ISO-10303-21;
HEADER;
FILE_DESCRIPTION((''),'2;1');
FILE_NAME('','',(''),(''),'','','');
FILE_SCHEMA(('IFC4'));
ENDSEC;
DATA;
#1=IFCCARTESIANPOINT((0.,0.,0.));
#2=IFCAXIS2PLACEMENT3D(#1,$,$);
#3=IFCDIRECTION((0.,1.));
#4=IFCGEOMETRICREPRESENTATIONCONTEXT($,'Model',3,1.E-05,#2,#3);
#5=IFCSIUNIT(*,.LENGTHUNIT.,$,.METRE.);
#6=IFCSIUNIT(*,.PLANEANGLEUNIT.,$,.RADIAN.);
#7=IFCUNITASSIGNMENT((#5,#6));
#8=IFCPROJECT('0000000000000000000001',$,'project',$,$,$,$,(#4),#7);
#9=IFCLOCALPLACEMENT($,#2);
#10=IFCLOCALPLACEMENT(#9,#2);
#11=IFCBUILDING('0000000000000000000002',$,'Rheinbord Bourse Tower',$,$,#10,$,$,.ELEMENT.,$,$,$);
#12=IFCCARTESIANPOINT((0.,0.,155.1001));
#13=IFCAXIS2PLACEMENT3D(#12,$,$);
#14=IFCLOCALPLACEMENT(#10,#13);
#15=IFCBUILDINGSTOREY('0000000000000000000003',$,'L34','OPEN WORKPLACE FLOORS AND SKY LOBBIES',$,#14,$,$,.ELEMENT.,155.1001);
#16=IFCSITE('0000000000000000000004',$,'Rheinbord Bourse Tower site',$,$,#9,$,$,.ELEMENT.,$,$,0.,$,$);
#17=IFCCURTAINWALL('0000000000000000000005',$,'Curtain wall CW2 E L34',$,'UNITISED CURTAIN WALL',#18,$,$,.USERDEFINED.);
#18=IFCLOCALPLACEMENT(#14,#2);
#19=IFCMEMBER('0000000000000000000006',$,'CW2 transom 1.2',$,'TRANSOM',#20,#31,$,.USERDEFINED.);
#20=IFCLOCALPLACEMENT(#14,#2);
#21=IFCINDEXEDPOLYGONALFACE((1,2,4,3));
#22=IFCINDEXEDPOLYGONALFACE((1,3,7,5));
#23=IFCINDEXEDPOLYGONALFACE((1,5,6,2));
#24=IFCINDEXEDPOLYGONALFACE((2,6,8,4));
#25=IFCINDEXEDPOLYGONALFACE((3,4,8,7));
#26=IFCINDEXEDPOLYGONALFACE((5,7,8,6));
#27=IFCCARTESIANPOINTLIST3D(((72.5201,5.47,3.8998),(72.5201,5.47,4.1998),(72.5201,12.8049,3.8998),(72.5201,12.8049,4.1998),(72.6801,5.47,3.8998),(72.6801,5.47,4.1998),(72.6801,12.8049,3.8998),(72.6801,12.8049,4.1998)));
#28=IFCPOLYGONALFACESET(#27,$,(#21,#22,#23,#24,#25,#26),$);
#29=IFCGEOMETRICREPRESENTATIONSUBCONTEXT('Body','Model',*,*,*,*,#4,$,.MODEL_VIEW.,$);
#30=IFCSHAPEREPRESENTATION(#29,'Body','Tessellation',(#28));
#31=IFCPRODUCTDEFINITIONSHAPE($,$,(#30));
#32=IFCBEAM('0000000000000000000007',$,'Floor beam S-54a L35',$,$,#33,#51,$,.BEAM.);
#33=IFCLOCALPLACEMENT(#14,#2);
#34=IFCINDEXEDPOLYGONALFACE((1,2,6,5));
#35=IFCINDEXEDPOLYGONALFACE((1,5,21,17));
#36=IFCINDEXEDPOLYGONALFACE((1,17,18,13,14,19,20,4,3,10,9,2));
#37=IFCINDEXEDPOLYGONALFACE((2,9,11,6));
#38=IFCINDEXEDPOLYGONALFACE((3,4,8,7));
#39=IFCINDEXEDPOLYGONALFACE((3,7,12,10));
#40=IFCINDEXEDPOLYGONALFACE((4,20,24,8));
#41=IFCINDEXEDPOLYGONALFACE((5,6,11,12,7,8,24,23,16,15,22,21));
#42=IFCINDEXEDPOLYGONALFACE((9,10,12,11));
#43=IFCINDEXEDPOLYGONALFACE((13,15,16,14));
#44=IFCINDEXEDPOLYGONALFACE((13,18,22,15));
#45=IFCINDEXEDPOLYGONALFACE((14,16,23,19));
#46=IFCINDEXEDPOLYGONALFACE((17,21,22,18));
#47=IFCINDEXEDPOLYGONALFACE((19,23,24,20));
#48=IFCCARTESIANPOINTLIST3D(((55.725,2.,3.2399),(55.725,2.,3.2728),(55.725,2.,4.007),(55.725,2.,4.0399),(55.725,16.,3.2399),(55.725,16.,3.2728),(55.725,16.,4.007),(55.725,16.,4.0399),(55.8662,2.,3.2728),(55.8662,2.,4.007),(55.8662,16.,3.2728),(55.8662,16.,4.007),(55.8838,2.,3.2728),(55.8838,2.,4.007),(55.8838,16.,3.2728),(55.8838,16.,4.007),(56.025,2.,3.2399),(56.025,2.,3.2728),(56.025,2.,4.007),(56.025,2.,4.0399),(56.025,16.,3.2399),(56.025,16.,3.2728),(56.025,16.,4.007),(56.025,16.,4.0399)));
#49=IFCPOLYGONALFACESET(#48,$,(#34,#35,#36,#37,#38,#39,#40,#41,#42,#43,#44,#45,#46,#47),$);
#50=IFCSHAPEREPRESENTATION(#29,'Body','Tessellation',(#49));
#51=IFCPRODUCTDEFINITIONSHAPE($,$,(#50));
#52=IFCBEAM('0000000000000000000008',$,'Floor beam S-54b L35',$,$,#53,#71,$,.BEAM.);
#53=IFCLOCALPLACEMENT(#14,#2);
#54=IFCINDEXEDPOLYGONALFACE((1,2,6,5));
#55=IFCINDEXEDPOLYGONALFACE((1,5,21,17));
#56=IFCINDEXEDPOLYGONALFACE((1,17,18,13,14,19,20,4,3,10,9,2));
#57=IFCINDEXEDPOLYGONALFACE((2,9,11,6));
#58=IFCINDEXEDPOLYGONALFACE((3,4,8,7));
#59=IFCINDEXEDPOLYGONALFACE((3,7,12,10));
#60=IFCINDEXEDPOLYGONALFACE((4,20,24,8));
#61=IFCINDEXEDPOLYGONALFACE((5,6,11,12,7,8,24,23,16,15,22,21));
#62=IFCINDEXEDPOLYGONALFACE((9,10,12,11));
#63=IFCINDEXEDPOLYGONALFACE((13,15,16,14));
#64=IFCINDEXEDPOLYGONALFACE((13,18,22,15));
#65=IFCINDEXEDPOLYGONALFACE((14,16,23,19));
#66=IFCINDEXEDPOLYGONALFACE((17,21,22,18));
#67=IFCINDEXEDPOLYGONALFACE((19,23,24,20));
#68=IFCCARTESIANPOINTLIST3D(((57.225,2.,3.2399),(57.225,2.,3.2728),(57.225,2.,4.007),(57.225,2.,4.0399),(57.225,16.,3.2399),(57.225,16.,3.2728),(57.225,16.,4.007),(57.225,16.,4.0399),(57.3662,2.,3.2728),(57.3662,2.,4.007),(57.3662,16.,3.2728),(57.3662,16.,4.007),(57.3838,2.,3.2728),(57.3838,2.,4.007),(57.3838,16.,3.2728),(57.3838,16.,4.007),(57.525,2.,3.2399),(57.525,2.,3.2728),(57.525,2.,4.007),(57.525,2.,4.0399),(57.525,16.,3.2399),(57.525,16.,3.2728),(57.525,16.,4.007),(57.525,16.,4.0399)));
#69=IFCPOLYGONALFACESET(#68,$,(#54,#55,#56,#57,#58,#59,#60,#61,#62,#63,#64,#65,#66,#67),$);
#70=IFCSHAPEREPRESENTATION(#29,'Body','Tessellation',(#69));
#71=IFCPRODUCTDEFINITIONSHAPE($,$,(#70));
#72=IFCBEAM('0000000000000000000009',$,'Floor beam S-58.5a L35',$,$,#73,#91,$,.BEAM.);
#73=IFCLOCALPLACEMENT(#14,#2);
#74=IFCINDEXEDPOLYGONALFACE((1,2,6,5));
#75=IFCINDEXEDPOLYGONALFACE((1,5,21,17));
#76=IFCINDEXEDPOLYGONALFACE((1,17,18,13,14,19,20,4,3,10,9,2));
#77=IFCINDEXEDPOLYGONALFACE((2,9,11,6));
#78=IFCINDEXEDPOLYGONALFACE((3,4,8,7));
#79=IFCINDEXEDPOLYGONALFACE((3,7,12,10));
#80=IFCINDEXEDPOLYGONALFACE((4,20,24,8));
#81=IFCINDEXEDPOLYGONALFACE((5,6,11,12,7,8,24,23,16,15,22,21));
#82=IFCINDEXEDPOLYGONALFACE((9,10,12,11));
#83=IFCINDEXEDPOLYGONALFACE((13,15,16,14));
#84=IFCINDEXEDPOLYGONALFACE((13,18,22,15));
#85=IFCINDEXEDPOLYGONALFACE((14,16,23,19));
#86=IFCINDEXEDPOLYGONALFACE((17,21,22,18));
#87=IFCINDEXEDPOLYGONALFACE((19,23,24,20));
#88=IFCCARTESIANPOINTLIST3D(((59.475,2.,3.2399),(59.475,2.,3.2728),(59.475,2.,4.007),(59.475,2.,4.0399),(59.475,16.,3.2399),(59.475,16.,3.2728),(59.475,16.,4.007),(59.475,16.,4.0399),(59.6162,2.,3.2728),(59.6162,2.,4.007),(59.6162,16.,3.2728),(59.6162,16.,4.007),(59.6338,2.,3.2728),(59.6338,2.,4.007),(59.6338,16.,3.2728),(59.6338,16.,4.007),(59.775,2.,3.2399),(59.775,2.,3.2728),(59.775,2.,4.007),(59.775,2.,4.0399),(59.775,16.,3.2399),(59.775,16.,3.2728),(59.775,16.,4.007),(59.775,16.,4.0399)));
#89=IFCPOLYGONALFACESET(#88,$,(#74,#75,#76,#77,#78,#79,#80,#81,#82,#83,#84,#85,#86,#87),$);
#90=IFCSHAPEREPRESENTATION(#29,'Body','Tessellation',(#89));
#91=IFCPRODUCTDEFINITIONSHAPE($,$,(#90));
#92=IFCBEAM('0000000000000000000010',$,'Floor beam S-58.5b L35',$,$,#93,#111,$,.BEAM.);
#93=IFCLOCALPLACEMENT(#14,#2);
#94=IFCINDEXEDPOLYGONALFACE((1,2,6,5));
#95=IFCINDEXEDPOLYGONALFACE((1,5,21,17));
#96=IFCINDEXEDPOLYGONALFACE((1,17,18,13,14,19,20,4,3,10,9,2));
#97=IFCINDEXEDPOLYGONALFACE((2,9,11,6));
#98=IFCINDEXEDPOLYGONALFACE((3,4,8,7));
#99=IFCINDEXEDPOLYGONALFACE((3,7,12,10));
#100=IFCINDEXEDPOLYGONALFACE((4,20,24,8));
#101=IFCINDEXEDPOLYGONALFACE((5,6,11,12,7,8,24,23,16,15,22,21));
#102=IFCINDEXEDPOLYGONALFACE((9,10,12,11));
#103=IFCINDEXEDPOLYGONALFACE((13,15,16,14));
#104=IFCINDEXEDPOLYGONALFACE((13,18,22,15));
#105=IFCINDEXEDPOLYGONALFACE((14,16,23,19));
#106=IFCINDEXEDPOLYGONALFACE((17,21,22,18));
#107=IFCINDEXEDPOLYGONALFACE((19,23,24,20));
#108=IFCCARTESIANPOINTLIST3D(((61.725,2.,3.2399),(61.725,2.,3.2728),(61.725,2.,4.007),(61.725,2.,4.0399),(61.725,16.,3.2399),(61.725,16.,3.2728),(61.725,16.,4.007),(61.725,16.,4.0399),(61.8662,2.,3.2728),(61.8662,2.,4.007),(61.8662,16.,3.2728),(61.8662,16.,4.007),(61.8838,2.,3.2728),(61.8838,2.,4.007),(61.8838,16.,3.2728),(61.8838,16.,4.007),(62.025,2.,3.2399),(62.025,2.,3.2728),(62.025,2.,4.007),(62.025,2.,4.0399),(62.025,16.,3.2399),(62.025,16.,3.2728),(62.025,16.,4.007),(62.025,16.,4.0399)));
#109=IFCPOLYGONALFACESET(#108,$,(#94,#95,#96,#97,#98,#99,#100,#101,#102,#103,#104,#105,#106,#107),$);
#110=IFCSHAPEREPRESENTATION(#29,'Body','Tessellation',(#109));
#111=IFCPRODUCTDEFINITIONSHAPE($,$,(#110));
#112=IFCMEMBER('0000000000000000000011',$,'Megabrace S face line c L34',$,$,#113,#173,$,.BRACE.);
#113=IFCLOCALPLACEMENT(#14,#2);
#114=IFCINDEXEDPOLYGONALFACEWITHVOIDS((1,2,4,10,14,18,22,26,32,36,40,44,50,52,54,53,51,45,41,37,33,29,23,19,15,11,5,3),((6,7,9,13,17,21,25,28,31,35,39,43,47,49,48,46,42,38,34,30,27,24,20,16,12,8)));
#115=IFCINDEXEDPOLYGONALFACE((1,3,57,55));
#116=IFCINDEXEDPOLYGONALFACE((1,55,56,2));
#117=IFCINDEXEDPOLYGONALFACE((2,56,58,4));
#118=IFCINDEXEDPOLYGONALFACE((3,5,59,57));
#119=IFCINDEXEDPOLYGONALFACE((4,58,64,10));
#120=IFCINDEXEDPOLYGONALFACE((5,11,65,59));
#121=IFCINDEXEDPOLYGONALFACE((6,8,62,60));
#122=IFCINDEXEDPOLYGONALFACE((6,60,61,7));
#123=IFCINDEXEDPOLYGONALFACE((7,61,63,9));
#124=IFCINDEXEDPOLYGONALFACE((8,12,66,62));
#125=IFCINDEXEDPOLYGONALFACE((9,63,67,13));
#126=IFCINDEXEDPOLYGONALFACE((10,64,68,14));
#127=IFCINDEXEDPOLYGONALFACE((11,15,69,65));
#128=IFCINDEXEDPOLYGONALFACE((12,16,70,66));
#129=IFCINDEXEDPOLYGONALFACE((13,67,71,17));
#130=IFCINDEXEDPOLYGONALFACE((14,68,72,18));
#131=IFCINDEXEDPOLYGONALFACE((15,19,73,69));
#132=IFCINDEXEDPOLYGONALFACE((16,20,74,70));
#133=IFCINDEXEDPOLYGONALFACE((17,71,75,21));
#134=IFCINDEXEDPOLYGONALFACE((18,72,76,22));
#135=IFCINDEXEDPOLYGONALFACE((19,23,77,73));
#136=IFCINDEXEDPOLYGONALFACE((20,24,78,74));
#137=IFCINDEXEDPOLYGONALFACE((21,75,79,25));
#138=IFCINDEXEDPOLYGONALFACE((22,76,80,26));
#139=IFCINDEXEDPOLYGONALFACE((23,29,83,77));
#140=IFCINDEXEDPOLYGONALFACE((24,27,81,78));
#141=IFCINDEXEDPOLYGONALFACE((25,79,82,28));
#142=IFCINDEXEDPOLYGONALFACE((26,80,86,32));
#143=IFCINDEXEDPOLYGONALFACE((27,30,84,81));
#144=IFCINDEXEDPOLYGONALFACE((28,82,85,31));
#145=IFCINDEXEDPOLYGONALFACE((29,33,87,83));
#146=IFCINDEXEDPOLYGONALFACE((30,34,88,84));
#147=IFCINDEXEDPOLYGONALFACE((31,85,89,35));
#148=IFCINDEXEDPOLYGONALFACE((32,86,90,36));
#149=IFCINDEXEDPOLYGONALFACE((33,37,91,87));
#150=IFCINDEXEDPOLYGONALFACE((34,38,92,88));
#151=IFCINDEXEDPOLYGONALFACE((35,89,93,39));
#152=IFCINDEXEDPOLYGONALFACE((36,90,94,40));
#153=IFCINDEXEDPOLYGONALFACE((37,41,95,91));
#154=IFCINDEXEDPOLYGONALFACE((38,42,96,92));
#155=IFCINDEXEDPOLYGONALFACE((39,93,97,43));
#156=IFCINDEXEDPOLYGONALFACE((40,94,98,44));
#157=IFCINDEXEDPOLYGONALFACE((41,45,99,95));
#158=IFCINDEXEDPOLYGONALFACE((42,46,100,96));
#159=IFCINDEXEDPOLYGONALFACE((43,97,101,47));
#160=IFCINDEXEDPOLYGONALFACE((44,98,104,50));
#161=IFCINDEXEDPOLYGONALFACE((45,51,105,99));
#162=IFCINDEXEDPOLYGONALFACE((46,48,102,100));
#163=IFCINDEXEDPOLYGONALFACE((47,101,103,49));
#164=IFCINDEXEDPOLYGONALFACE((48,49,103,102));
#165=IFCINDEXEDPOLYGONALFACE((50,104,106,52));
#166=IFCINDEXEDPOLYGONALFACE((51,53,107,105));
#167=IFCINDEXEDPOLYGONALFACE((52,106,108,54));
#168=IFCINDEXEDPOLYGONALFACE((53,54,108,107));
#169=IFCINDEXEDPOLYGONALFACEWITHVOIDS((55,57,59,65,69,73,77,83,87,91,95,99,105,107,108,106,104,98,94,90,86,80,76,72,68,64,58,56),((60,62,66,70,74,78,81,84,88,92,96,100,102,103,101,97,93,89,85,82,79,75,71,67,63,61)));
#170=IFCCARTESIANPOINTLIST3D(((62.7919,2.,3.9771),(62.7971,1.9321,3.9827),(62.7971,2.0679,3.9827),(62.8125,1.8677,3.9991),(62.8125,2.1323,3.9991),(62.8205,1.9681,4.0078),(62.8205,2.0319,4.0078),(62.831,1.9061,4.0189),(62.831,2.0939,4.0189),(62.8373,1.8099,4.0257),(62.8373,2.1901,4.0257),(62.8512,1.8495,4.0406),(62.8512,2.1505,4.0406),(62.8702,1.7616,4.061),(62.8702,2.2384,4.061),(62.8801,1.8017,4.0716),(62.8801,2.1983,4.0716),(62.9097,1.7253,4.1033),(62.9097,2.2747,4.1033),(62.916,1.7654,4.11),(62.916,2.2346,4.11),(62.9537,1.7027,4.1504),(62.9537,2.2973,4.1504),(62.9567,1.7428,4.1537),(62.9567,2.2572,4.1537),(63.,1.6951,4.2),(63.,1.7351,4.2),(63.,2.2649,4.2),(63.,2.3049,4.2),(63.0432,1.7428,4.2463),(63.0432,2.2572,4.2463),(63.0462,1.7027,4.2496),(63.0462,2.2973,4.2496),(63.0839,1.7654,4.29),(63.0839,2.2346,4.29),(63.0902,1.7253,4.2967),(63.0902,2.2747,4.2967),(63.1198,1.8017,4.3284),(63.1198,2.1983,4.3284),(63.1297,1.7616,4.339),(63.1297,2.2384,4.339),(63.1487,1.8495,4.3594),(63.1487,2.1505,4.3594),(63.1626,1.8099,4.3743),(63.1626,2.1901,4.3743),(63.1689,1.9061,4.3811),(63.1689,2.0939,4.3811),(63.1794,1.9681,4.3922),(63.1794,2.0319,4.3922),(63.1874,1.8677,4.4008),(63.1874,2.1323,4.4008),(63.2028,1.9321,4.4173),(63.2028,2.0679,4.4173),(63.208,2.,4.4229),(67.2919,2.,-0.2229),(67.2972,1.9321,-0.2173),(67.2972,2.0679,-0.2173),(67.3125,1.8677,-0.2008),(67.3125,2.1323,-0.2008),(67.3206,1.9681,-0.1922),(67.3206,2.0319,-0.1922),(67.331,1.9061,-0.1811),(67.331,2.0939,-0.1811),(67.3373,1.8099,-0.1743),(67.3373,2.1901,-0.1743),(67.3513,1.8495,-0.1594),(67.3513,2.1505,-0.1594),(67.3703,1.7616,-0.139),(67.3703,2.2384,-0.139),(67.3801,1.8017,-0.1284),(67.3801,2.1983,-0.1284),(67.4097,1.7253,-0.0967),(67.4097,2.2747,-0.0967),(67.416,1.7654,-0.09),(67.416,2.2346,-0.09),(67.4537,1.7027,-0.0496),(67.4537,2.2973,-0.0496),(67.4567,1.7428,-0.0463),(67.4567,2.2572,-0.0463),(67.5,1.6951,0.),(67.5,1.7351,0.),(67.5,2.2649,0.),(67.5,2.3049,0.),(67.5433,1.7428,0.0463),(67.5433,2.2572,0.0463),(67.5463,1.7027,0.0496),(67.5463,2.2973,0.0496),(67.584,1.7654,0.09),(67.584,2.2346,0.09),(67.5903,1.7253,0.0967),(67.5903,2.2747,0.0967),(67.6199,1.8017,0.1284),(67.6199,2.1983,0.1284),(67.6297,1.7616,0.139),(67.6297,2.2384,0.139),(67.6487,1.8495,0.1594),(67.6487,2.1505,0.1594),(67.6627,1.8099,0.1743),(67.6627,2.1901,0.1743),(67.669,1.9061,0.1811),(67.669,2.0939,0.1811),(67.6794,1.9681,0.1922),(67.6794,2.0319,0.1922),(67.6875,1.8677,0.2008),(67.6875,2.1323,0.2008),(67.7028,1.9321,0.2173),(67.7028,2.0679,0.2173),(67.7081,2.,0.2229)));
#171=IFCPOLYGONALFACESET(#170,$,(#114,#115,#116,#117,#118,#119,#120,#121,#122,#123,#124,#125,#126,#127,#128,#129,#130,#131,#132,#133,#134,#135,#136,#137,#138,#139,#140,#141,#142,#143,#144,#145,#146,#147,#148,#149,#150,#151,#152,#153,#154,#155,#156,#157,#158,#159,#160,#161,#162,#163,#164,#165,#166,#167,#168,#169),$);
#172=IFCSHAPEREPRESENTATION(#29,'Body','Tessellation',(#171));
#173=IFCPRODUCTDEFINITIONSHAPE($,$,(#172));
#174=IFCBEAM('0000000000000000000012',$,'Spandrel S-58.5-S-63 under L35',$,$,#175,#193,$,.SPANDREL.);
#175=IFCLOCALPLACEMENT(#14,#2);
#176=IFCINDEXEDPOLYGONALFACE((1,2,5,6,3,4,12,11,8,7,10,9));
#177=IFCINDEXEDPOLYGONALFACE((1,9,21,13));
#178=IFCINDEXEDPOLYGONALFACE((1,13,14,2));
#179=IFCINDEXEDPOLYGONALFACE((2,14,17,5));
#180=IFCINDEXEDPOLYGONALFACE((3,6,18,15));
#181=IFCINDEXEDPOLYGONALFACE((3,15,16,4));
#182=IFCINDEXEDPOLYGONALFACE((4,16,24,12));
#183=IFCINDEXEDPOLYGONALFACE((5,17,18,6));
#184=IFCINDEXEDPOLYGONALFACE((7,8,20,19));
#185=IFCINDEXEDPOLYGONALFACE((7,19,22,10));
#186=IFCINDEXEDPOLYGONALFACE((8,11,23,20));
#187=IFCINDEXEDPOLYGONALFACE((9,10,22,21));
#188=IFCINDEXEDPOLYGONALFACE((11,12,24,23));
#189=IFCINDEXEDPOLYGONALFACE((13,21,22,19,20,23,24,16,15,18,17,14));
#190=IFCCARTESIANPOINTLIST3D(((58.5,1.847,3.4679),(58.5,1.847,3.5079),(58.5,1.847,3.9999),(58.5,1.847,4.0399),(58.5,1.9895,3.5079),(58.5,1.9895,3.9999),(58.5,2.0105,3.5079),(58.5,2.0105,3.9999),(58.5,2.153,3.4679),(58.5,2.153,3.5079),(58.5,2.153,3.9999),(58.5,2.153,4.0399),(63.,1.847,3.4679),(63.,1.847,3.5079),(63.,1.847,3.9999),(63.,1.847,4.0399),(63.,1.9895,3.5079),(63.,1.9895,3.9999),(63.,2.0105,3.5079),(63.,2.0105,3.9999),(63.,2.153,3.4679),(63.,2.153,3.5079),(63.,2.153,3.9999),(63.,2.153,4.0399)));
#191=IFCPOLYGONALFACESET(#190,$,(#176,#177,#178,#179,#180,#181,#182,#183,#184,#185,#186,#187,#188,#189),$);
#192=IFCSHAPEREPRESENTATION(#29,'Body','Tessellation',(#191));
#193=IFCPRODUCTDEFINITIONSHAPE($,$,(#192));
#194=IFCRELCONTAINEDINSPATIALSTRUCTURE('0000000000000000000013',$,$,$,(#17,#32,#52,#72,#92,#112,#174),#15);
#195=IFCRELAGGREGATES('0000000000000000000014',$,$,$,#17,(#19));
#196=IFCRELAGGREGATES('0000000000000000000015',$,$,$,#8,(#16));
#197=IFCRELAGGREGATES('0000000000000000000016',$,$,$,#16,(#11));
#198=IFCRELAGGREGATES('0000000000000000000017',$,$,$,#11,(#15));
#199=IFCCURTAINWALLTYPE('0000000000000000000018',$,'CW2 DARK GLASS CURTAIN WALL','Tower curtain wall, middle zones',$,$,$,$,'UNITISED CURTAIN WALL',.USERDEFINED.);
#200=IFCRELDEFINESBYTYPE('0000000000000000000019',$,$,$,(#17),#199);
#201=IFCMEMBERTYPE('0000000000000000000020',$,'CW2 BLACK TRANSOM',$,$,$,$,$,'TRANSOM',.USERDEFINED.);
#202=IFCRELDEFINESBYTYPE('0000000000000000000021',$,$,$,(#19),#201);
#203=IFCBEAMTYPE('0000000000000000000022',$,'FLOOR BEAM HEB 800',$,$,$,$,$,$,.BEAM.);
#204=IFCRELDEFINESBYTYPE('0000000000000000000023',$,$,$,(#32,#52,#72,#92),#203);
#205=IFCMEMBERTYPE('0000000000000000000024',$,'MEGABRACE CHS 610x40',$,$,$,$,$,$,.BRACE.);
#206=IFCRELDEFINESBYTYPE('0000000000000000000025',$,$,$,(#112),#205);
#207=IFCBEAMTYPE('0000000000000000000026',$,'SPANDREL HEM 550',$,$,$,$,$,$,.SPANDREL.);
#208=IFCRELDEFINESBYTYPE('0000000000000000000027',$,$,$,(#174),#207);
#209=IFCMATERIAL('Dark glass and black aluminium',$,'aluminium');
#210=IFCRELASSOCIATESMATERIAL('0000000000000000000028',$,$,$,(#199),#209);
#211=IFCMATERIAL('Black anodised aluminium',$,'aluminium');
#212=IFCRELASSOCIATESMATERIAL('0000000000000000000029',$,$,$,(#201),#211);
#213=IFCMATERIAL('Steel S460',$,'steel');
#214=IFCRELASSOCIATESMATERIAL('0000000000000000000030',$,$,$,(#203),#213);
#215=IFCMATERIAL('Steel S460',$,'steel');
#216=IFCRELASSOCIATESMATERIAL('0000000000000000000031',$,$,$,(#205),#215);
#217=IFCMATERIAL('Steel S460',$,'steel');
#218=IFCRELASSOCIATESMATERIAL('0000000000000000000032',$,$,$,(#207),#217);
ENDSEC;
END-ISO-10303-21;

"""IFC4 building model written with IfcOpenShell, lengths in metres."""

from ifc_helpers import new_model, si_unit, direction, frame, origin, origin_2d, place, context, subcontext, project, spatial, rectangle, hollow_circle, i_section, extrude, material, material_profile, profile_set, type_object, element, aggregate, save


model = new_model("IFC4")

# Units and contexts
model_context = context("Model", 3, precision=1e-05, world=origin(), true_north=direction((0.0, 1.0)))
body_context = subcontext(model_context, "Body", "Model", "MODEL_VIEW")
ifc_project = project(units=[si_unit("LENGTHUNIT", "METRE"), si_unit("PLANEANGLEUNIT", "RADIAN")], contexts=[model_context])

# Site, building, storey
site_placement = place(None, origin())
site = spatial("IfcSite", under=ifc_project, at=site_placement, Name="Rheinbord Bourse Tower site", CompositionType="ELEMENT", RefElevation=0.0)
building_placement = place(site_placement, origin())
building = spatial("IfcBuilding", under=site, at=building_placement, Name="Rheinbord Bourse Tower", CompositionType="ELEMENT")
storey_placement = place(building_placement, frame((0.0, 0.0, 155.1001)))
storey = spatial("IfcBuildingStorey", under=building, at=storey_placement, Name="L34", Description="OPEN WORKPLACE FLOORS AND SKY LOBBIES", CompositionType="ELEMENT", Elevation=155.1001)

# Shared definitions
ifc_material_1 = material(Name="Dark glass and black aluminium", Category="aluminium")
curtain_wall_type = type_object("IfcCurtainWallType", Name="CW2 DARK GLASS CURTAIN WALL", Description="Tower curtain wall, middle zones", ElementType="UNITISED CURTAIN WALL", PredefinedType="USERDEFINED", material=ifc_material_1)

# Curtain wall
curtain_wall_1_placement = place(storey_placement, origin())
curtain_wall_1 = element("IfcCurtainWall", 1, at=curtain_wall_1_placement, inside=storey, type_object=curtain_wall_type, Name="Curtain wall CW2 E L34", ObjectType="UNITISED CURTAIN WALL", PredefinedType="USERDEFINED")

# Member
ifc_material_2 = material(Name="Black anodised aluminium", Category="aluminium")
ifc_material_profile_1 = material_profile(ifc_material_2, rectangle(XDim=0.1599, YDim=0.3, at=origin_2d()), Name="CW2 TRANSOM 300x160")
ifc_profile_set_1 = profile_set([ifc_material_profile_1], Name="Black anodised aluminium")
member_type_1 = type_object("IfcMemberType", Name="CW2 BLACK TRANSOM", ElementType="TRANSOM", PredefinedType="USERDEFINED", material=ifc_profile_set_1)
member_1_placement = place(storey_placement, frame((72.6001, 5.47, 4.0498), z_axis=(0.0, 1.0, 0.0), x_axis=(-1.0, 0.0, 0.0)))
member_1 = element("IfcMember", 2, at=member_1_placement, type_object=member_type_1, Name="CW2 transom 1.2", ObjectType="TRANSOM", PredefinedType="USERDEFINED", context=body_context, shape_type="SweptSolid", body=[
    extrude(rectangle(XDim=0.1599, YDim=0.3, at=origin_2d()), origin(), (0.0, 0.0, 1.0), 7.335),
])

# Beams
ifc_material_3 = material(Name="Steel S460", Category="steel")
ifc_material_profile_2 = material_profile(ifc_material_3, i_section(OverallWidth=0.3, OverallDepth=0.8, WebThickness=0.0176, FlangeThickness=0.033, at=origin_2d()), Name="HEB 800")
ifc_profile_set_2 = profile_set([ifc_material_profile_2], Name="Steel S460")
beam_type_1 = type_object("IfcBeamType", Name="FLOOR BEAM HEB 800", PredefinedType="BEAM", material=ifc_profile_set_2)
for number, where, z_axis, x_axis, name in (
    (3, (55.875, 2.0, 3.6399), (0.0, 1.0, 0.0), (-1.0, 0.0, 0.0), "Floor beam S-54a L35"),
    (4, (57.375, 2.0, 3.6399), (0.0, 1.0, 0.0), (-1.0, 0.0, 0.0), "Floor beam S-54b L35"),
    (5, (59.625, 2.0, 3.6399), (0.0, 1.0, 0.0), (-1.0, 0.0, 0.0), "Floor beam S-58.5a L35"),
    (6, (61.875, 2.0, 3.6399), (0.0, 1.0, 0.0), (-1.0, 0.0, 0.0), "Floor beam S-58.5b L35"),
):
    element("IfcBeam", number, at=place(storey_placement, frame(where, z_axis=z_axis, x_axis=x_axis)), inside=storey, type_object=beam_type_1, Name=name, PredefinedType="BEAM", context=body_context, shape_type="SweptSolid", body=[
        extrude(i_section(OverallWidth=0.3, OverallDepth=0.8, WebThickness=0.0176, FlangeThickness=0.033, at=origin_2d()), origin(), (0.0, 0.0, 1.0), 14.0),
    ])

# Member
ifc_material_4 = material(Name="Steel S460", Category="steel")
ifc_material_profile_3 = material_profile(ifc_material_4, hollow_circle(Radius=0.3049, WallThickness=0.04, at=origin_2d()), Name="CHS 610x40")
ifc_profile_set_3 = profile_set([ifc_material_profile_3], Name="Steel S460")
member_type_2 = type_object("IfcMemberType", Name="MEGABRACE CHS 610x40", PredefinedType="BRACE", material=ifc_profile_set_3)
member_2_placement = place(storey_placement, frame((67.5, 2.0, 0.0), z_axis=(-0.731059, 0.0, 0.682314), x_axis=(0.0, -1.0, 0.0)))
element("IfcMember", 7, at=member_2_placement, inside=storey, type_object=member_type_2, Name="Megabrace S face line c L34", PredefinedType="BRACE", context=body_context, shape_type="SweptSolid", body=[
    extrude(hollow_circle(Radius=0.3049, WallThickness=0.04, at=origin_2d()), origin(), (0.0, 0.0, 1.0), 6.1555),
])

# Beam
ifc_material_5 = material(Name="Steel S460", Category="steel")
ifc_material_profile_4 = material_profile(ifc_material_5, i_section(OverallWidth=0.3059, OverallDepth=0.572, WebThickness=0.021, FlangeThickness=0.04, at=origin_2d()), Name="HEM 550")
ifc_profile_set_4 = profile_set([ifc_material_profile_4], Name="Steel S460")
beam_type_2 = type_object("IfcBeamType", Name="SPANDREL HEM 550", PredefinedType="SPANDREL", material=ifc_profile_set_4)
for number, where, z_axis, x_axis, name in (
    (8, (58.5, 2.0, 3.7539), (1.0, 0.0, 0.0), (0.0, 1.0, 0.0), "Spandrel S-58.5-S-63 under L35"),
):
    element("IfcBeam", number, at=place(storey_placement, frame(where, z_axis=z_axis, x_axis=x_axis)), inside=storey, type_object=beam_type_2, Name=name, PredefinedType="SPANDREL", context=body_context, shape_type="SweptSolid", body=[
        extrude(i_section(OverallWidth=0.3059, OverallDepth=0.572, WebThickness=0.021, FlangeThickness=0.04, at=origin_2d()), origin(), (0.0, 0.0, 1.0), 4.5),
    ])

aggregate(curtain_wall_1, [member_1])

save(model, "model.ifc")
